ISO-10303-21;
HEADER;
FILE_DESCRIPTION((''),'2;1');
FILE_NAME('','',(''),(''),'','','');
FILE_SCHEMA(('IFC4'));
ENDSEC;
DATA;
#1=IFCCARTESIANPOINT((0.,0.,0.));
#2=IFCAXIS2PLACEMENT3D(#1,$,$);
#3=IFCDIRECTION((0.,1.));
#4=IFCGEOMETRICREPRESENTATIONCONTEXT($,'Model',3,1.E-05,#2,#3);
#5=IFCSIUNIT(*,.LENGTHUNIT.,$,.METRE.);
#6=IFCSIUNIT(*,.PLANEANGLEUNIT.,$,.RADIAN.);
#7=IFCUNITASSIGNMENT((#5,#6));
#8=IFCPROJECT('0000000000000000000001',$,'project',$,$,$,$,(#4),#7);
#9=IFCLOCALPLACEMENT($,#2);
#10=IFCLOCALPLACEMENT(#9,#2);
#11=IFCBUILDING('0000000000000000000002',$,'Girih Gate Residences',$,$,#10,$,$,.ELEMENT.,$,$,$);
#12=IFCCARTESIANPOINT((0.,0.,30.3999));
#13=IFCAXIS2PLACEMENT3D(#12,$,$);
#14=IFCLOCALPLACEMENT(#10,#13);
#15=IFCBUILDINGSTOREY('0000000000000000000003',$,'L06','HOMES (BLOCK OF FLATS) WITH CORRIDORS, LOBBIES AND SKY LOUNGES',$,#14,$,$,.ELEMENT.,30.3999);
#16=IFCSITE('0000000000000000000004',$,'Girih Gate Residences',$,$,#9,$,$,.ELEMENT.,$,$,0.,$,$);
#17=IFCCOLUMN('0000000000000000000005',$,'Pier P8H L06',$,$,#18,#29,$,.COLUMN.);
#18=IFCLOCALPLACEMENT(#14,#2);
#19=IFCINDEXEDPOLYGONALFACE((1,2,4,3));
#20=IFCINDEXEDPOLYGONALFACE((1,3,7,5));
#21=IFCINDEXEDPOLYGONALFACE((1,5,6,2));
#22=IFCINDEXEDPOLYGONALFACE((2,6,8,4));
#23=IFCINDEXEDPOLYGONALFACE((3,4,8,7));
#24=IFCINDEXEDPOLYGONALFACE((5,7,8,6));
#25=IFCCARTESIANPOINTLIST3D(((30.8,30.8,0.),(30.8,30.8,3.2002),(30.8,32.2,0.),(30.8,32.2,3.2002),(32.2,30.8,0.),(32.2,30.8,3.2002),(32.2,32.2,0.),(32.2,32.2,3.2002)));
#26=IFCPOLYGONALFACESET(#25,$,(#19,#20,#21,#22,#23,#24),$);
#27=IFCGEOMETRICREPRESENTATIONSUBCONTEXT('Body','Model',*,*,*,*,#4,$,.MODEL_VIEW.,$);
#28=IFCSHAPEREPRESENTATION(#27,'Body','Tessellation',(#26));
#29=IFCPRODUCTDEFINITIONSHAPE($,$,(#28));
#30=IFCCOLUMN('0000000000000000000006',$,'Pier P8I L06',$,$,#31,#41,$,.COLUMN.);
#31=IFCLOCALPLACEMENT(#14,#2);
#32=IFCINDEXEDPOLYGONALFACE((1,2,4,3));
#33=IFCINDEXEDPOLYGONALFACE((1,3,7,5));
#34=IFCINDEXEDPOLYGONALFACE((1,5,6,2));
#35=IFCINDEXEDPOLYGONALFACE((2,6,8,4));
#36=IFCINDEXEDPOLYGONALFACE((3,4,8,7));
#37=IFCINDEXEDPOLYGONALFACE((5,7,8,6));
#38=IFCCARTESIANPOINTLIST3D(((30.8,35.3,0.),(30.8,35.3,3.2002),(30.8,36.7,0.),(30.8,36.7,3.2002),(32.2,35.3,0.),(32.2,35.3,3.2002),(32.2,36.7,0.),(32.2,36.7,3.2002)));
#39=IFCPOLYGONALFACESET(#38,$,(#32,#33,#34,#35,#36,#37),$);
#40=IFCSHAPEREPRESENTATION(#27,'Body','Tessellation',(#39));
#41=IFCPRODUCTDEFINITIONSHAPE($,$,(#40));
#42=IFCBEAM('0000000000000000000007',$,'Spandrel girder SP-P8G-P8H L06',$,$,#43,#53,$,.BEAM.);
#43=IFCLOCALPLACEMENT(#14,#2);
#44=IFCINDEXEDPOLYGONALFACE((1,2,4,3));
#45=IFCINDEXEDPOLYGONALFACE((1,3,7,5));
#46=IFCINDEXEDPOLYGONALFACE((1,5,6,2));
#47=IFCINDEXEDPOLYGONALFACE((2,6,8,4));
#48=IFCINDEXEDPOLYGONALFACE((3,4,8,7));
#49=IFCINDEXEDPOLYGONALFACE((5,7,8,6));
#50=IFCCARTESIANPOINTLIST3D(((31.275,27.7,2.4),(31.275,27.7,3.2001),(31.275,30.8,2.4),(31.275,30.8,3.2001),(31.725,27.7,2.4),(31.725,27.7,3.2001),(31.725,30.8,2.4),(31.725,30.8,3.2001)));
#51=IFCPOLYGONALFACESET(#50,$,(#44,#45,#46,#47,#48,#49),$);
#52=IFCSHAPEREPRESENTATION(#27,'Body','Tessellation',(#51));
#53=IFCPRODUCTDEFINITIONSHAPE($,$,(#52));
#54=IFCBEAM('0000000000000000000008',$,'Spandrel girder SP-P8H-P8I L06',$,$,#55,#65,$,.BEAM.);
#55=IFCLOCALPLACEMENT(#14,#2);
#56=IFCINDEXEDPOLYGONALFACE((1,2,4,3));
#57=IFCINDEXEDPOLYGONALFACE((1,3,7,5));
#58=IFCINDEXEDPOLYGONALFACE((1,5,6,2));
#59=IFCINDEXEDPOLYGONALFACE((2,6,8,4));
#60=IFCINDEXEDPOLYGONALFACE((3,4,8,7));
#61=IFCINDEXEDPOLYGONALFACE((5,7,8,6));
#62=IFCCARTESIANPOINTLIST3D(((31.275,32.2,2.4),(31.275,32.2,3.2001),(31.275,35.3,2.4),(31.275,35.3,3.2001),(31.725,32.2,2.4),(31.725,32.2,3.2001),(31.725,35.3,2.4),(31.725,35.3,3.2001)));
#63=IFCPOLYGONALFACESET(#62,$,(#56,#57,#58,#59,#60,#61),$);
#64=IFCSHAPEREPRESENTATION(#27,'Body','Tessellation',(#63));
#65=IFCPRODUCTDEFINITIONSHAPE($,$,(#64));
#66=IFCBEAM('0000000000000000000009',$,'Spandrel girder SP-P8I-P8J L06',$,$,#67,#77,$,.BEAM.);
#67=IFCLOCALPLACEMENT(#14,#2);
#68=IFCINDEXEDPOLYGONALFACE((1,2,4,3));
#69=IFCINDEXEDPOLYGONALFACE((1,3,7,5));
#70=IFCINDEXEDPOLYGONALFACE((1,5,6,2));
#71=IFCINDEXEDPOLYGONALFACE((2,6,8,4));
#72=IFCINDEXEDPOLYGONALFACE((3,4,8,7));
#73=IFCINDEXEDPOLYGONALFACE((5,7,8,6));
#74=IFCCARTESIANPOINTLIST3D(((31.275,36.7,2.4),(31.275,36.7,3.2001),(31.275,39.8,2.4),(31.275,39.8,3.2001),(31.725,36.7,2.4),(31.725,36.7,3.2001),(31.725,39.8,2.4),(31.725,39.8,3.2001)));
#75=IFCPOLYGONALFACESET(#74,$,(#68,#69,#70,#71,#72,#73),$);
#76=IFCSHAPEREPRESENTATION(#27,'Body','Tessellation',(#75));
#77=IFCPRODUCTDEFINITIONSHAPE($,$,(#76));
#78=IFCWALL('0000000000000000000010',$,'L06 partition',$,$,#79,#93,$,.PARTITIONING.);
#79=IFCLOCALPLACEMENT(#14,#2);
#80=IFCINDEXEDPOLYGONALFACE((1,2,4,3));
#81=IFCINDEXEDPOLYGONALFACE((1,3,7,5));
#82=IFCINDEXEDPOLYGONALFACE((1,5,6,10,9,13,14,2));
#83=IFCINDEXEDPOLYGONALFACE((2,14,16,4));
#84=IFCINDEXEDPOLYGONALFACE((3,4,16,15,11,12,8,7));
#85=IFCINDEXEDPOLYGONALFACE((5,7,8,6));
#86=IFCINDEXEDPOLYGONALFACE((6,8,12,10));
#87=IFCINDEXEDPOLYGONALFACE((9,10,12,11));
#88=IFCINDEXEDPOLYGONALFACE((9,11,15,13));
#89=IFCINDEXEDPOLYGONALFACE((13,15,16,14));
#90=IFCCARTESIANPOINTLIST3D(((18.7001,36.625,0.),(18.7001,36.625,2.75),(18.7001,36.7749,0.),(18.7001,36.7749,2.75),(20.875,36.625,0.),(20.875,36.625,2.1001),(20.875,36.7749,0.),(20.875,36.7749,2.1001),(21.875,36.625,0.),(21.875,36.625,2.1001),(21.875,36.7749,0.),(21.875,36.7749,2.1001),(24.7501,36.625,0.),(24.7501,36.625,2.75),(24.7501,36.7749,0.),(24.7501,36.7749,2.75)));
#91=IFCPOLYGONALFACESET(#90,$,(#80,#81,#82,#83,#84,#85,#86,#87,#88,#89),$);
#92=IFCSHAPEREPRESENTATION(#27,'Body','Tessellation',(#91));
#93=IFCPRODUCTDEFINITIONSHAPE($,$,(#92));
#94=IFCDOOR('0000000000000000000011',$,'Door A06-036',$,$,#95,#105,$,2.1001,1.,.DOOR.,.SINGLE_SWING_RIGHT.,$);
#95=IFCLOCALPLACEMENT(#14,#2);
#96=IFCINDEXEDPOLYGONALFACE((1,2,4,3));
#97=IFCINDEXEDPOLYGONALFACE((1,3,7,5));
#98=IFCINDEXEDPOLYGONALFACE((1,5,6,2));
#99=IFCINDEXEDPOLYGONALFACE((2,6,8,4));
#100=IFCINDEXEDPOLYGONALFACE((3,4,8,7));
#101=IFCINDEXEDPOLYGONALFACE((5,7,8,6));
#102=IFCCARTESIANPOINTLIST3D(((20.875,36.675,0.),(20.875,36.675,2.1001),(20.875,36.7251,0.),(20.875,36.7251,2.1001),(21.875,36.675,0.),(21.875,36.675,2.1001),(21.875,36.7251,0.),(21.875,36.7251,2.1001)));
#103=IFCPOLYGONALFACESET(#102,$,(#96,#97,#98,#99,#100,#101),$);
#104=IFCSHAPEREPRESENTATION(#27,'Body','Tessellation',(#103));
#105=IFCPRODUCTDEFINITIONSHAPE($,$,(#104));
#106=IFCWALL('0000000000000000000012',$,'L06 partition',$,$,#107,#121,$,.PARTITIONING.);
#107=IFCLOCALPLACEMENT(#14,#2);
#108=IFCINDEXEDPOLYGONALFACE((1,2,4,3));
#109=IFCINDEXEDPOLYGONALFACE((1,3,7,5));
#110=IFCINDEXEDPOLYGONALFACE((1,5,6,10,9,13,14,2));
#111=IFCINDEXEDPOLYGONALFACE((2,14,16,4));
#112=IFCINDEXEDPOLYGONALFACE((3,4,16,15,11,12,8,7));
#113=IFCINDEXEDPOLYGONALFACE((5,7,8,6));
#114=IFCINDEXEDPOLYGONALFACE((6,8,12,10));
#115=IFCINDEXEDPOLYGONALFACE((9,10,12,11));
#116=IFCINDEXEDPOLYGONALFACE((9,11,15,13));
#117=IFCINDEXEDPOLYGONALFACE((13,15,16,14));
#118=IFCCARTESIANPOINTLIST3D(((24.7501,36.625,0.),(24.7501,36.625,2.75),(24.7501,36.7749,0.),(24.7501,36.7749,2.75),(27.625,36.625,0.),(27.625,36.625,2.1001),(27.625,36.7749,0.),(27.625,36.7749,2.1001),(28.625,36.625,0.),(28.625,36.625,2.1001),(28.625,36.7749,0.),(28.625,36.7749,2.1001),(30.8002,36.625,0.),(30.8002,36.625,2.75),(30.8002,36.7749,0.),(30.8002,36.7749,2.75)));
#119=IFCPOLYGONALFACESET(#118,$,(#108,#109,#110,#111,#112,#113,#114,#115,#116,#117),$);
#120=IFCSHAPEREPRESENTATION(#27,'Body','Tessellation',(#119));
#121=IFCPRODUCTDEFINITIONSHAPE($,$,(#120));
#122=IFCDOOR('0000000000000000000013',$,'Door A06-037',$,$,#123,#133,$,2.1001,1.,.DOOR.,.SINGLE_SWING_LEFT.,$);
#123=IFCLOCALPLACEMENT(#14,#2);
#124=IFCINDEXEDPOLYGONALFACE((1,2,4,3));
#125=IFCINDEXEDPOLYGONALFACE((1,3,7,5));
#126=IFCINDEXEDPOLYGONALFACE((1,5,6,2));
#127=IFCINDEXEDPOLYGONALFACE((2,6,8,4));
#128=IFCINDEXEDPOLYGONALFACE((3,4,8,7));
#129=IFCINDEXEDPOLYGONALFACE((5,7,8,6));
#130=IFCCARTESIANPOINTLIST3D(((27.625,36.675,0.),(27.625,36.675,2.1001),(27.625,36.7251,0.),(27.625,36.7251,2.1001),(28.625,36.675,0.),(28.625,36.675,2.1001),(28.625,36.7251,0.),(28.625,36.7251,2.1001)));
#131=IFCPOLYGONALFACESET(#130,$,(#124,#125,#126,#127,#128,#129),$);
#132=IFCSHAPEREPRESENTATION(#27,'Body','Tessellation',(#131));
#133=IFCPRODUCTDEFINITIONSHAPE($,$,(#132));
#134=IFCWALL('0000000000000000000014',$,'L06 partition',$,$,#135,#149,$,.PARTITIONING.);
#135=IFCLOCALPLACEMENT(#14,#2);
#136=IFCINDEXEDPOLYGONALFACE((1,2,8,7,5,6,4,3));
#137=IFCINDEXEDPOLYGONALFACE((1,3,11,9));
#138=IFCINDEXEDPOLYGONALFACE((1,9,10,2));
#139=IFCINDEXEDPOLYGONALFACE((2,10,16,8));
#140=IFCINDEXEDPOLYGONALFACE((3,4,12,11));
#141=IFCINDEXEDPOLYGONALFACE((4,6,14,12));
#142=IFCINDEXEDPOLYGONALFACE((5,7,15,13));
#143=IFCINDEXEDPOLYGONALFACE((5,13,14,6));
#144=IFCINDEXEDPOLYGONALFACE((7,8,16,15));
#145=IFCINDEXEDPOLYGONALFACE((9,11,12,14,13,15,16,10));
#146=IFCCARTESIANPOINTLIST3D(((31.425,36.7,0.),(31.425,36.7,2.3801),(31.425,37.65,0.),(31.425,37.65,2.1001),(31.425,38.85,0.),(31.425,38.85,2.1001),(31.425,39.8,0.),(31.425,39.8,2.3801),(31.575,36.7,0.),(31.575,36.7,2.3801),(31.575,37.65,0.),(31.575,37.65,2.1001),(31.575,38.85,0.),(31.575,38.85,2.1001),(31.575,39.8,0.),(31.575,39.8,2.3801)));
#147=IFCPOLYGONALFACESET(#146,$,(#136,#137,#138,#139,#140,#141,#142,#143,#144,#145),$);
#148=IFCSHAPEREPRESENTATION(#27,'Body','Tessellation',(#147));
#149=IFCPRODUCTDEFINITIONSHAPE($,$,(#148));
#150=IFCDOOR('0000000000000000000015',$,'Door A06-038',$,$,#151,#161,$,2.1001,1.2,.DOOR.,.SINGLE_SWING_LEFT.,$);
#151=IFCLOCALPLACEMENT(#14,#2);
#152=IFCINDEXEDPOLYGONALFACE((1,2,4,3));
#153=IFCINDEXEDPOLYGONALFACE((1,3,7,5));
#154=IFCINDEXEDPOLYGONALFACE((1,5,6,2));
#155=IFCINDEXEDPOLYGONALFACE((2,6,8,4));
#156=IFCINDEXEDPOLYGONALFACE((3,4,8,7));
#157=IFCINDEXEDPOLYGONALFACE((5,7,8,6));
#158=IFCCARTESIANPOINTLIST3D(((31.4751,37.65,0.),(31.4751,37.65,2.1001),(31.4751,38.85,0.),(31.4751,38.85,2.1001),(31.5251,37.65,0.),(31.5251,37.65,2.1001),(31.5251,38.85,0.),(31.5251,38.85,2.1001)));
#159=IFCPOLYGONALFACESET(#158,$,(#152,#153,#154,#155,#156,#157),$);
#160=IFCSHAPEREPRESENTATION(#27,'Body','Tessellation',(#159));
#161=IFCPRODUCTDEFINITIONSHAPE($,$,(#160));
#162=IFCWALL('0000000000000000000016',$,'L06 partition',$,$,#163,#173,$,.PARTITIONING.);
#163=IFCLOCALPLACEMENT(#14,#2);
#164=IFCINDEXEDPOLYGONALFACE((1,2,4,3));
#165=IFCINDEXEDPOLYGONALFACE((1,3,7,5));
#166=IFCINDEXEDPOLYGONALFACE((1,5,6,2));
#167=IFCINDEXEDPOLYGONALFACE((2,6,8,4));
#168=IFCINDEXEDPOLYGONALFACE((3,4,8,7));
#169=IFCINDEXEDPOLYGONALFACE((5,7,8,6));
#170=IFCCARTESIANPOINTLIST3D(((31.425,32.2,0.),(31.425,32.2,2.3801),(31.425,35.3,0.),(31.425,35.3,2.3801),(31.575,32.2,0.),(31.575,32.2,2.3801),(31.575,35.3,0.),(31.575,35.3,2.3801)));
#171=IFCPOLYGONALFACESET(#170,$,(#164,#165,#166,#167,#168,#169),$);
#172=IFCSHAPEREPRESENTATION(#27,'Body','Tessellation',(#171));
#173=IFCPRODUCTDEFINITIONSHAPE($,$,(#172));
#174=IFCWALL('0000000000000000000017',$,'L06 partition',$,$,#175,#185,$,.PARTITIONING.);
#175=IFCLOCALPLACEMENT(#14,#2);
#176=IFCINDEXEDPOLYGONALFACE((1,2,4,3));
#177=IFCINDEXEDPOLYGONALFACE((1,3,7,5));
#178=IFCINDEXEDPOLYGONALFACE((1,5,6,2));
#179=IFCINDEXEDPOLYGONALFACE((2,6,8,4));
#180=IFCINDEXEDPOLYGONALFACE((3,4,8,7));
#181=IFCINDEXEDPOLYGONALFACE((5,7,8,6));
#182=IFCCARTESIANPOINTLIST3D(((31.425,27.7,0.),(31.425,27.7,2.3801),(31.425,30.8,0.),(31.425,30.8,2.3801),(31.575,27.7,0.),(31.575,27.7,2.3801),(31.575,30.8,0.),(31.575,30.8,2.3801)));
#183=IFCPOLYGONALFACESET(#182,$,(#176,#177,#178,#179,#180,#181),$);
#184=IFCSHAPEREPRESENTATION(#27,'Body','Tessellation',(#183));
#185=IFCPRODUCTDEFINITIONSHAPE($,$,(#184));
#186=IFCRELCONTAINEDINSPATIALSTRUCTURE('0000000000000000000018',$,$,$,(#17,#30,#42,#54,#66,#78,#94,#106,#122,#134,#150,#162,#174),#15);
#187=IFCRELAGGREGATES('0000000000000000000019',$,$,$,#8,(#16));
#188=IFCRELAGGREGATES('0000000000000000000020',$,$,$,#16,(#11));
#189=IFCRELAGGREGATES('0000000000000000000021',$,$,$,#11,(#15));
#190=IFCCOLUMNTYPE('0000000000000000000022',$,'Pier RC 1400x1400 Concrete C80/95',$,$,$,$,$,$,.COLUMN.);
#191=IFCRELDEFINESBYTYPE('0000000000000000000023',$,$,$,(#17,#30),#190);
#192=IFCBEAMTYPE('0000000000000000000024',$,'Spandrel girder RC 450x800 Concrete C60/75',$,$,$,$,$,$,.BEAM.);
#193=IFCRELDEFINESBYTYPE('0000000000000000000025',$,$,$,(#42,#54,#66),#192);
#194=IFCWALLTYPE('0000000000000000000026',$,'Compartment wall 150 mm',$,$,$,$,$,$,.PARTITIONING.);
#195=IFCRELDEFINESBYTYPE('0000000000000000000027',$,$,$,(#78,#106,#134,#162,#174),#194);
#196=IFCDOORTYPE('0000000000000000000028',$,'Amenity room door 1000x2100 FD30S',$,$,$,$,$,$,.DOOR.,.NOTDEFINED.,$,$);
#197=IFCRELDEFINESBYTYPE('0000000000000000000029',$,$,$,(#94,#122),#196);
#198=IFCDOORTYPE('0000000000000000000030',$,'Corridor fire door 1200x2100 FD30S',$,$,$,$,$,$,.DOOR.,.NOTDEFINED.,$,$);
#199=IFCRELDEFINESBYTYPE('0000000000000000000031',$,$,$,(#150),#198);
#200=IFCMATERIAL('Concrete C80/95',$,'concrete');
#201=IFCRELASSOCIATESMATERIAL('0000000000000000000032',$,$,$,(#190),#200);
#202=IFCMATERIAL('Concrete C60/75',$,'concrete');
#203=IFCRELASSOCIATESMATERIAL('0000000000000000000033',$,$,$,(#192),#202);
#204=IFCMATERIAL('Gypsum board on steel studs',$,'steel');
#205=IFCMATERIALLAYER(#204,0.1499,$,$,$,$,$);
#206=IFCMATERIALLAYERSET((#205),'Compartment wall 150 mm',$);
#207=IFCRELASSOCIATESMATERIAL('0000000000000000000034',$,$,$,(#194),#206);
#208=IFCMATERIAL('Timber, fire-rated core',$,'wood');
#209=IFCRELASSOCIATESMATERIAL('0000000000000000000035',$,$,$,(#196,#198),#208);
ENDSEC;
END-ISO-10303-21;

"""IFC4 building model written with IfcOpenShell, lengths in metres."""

from ifc_helpers import new_model, si_unit, direction, frame, frame_2d, origin, origin_2d, place, context, subcontext, project, spatial, rectangle, extrude, material, layer, layer_set, material_profile, profile_set, type_object, element, fill, save


model = new_model("IFC4")

# Units and contexts
model_context = context("Model", 3, precision=1e-05, world=origin(), true_north=direction((0.0, 1.0)))
body_context = subcontext(model_context, "Body", "Model", "MODEL_VIEW")
ifc_project = project(units=[si_unit("LENGTHUNIT", "METRE"), si_unit("PLANEANGLEUNIT", "RADIAN")], contexts=[model_context])

# Site, building, storey
site_placement = place(None, origin())
site = spatial("IfcSite", under=ifc_project, at=site_placement, Name="Girih Gate Residences", CompositionType="ELEMENT", RefElevation=0.0)
building_placement = place(site_placement, origin())
building = spatial("IfcBuilding", under=site, at=building_placement, Name="Girih Gate Residences", CompositionType="ELEMENT")
storey_placement = place(building_placement, frame((0.0, 0.0, 30.3999)))
storey = spatial("IfcBuildingStorey", under=building, at=storey_placement, Name="L06", Description="HOMES (BLOCK OF FLATS) WITH CORRIDORS, LOBBIES AND SKY LOUNGES", CompositionType="ELEMENT", Elevation=30.3999)

# Columns
ifc_material_1 = material(Name="Concrete C80/95", Category="concrete")
ifc_material_profile_1 = material_profile(ifc_material_1, rectangle(XDim=1.3999, YDim=1.3999, at=origin_2d()))
ifc_profile_set_1 = profile_set([ifc_material_profile_1], Name="Concrete C80/95")
column_type = type_object("IfcColumnType", Name="Pier RC 1400x1400 Concrete C80/95", PredefinedType="COLUMN", material=ifc_profile_set_1)
for number, where, z_axis, x_axis, name in (
    (1, (31.5, 31.5, 0.0), (0.0, 0.0, 1.0), (1.0, 0.0, 0.0), "Pier P8H L06"),
    (2, (31.5, 36.0, 0.0), (0.0, 0.0, 1.0), (1.0, 0.0, 0.0), "Pier P8I L06"),
):
    element("IfcColumn", number, at=place(storey_placement, frame(where, z_axis=z_axis, x_axis=x_axis)), inside=storey, type_object=column_type, Name=name, PredefinedType="COLUMN", context=body_context, shape_type="SweptSolid", body=[
        extrude(rectangle(XDim=1.3999, YDim=1.3999, at=origin_2d()), origin(), (0.0, 0.0, 1.0), 3.2002),
    ])

# Beams
ifc_material_2 = material(Name="Concrete C60/75", Category="concrete")
ifc_material_profile_2 = material_profile(ifc_material_2, rectangle(XDim=0.45, YDim=0.8, at=origin_2d()))
ifc_profile_set_2 = profile_set([ifc_material_profile_2], Name="Concrete C60/75")
beam_type = type_object("IfcBeamType", Name="Spandrel girder RC 450x800 Concrete C60/75", PredefinedType="BEAM", material=ifc_profile_set_2)
for number, where, z_axis, x_axis, name in (
    (3, (31.5, 27.7, 2.8), (0.0, 1.0, 0.0), (-1.0, 0.0, 0.0), "Spandrel girder SP-P8G-P8H L06"),
    (4, (31.5, 32.2, 2.8), (0.0, 1.0, 0.0), (-1.0, 0.0, 0.0), "Spandrel girder SP-P8H-P8I L06"),
    (5, (31.5, 36.7, 2.8), (0.0, 1.0, 0.0), (-1.0, 0.0, 0.0), "Spandrel girder SP-P8I-P8J L06"),
):
    element("IfcBeam", number, at=place(storey_placement, frame(where, z_axis=z_axis, x_axis=x_axis)), inside=storey, type_object=beam_type, Name=name, PredefinedType="BEAM", context=body_context, shape_type="SweptSolid", body=[
        extrude(rectangle(XDim=0.45, YDim=0.8, at=origin_2d()), origin(), (0.0, 0.0, 1.0), 3.1001),
    ])

# Walls, openings, doors
ifc_material_3 = material(Name="Gypsum board on steel studs", Category="steel")
ifc_layer_1 = layer(ifc_material_3, 0.1499)
ifc_layer_set_1 = layer_set([ifc_layer_1], Name="Compartment wall 150 mm")
wall_type_1 = type_object("IfcWallType", Name="Compartment wall 150 mm", PredefinedType="PARTITIONING", material=ifc_layer_set_1)
wall_1_placement = place(storey_placement, frame((24.75, 36.7, 0.0), z_axis=(0.0, 0.0, 1.0), x_axis=(-1.0, 0.0, 0.0)))
wall_1 = element("IfcWall", 6, at=wall_1_placement, inside=storey, type_object=wall_type_1, Name="L06 partition", PredefinedType="PARTITIONING", context=body_context, shape_type="SweptSolid", body=[
    extrude(rectangle(XDim=6.05, YDim=0.1499, at=frame_2d((3.0249, 0.0))), origin(), (0.0, 0.0, 1.0), 2.75),
])
opening_1_placement = place(wall_1_placement, frame((2.875, 0.0, 0.0)))
opening_1 = element("IfcOpeningElement", 7, at=opening_1_placement, cuts=wall_1, PredefinedType="OPENING", context=body_context, shape_type="SweptSolid", body=[
    extrude(rectangle(XDim=1.0, YDim=2.1001, at=frame_2d((0.5, 1.05))), frame((0.0, 0.085, 0.0), z_axis=(0.0, -1.0, 0.0), x_axis=(1.0, 0.0, 0.0)), (0.0, 0.0, 1.0), 0.1699),
])
ifc_material_4 = material(Name="Timber, fire-rated core", Category="wood")
door_type_1 = type_object("IfcDoorType", Name="Amenity room door 1000x2100 FD30S", OperationType="NOTDEFINED", PredefinedType="DOOR", material=ifc_material_4)
door_1_placement = place(opening_1_placement, origin())
door_1 = element("IfcDoor", 8, at=door_1_placement, inside=storey, type_object=door_type_1, Name="Door A06-036", OperationType="SINGLE_SWING_RIGHT", OverallHeight=2.1001, OverallWidth=1.0, PredefinedType="DOOR", context=body_context, shape_type="SweptSolid", body=[
    extrude(rectangle(XDim=1.0, YDim=2.1001, at=frame_2d((0.5, 1.05))), frame((0.0, 0.0249, 0.0), z_axis=(0.0, -1.0, 0.0), x_axis=(1.0, 0.0, 0.0)), (0.0, 0.0, 1.0), 0.05),
])
fill(opening_1, door_1)
wall_2_placement = place(storey_placement, frame((30.8, 36.7, 0.0), z_axis=(0.0, 0.0, 1.0), x_axis=(-1.0, 0.0, 0.0)))
wall_2 = element("IfcWall", 9, at=wall_2_placement, inside=storey, type_object=wall_type_1, Name="L06 partition", PredefinedType="PARTITIONING", context=body_context, shape_type="SweptSolid", body=[
    extrude(rectangle(XDim=6.05, YDim=0.1499, at=frame_2d((3.0249, 0.0))), origin(), (0.0, 0.0, 1.0), 2.75),
])
opening_2_placement = place(wall_2_placement, frame((2.175, 0.0, 0.0)))
opening_2 = element("IfcOpeningElement", 10, at=opening_2_placement, cuts=wall_2, PredefinedType="OPENING", context=body_context, shape_type="SweptSolid", body=[
    extrude(rectangle(XDim=1.0, YDim=2.1001, at=frame_2d((0.5, 1.05))), frame((0.0, 0.085, 0.0), z_axis=(0.0, -1.0, 0.0), x_axis=(1.0, 0.0, 0.0)), (0.0, 0.0, 1.0), 0.1699),
])
door_2_placement = place(opening_2_placement, origin())
door_2 = element("IfcDoor", 11, at=door_2_placement, inside=storey, type_object=door_type_1, Name="Door A06-037", OperationType="SINGLE_SWING_LEFT", OverallHeight=2.1001, OverallWidth=1.0, PredefinedType="DOOR", context=body_context, shape_type="SweptSolid", body=[
    extrude(rectangle(XDim=1.0, YDim=2.1001, at=frame_2d((0.5, 1.05))), frame((0.0, 0.0249, 0.0), z_axis=(0.0, -1.0, 0.0), x_axis=(1.0, 0.0, 0.0)), (0.0, 0.0, 1.0), 0.05),
])
fill(opening_2, door_2)
wall_3_placement = place(storey_placement, frame((31.5, 36.7, 0.0), z_axis=(0.0, 0.0, 1.0), x_axis=(0.0, 1.0, 0.0)))
wall_3 = element("IfcWall", 12, at=wall_3_placement, inside=storey, type_object=wall_type_1, Name="L06 partition", PredefinedType="PARTITIONING", context=body_context, shape_type="SweptSolid", body=[
    extrude(rectangle(XDim=3.1001, YDim=0.1499, at=frame_2d((1.55, 0.0))), origin(), (0.0, 0.0, 1.0), 2.3801),
])
opening_3_placement = place(wall_3_placement, frame((0.95, 0.0, 0.0)))
opening_3 = element("IfcOpeningElement", 13, at=opening_3_placement, cuts=wall_3, PredefinedType="OPENING", context=body_context, shape_type="SweptSolid", body=[
    extrude(rectangle(XDim=1.2, YDim=2.1001, at=frame_2d((0.6001, 1.05))), frame((0.0, 0.085, 0.0), z_axis=(0.0, -1.0, 0.0), x_axis=(1.0, 0.0, 0.0)), (0.0, 0.0, 1.0), 0.1699),
])
door_type_2 = type_object("IfcDoorType", Name="Corridor fire door 1200x2100 FD30S", OperationType="NOTDEFINED", PredefinedType="DOOR", material=ifc_material_4)
door_3_placement = place(opening_3_placement, origin())
door_3 = element("IfcDoor", 14, at=door_3_placement, inside=storey, type_object=door_type_2, Name="Door A06-038", OperationType="SINGLE_SWING_LEFT", OverallHeight=2.1001, OverallWidth=1.2, PredefinedType="DOOR", context=body_context, shape_type="SweptSolid", body=[
    extrude(rectangle(XDim=1.2, YDim=2.1001, at=frame_2d((0.6001, 1.05))), frame((0.0, 0.0249, 0.0), z_axis=(0.0, -1.0, 0.0), x_axis=(1.0, 0.0, 0.0)), (0.0, 0.0, 1.0), 0.05),
])
fill(opening_3, door_3)

# Walls
for number, where, z_axis, x_axis, name in (
    (15, (31.5, 32.2, 0.0), (0.0, 0.0, 1.0), (0.0, 1.0, 0.0), "L06 partition"),
    (16, (31.5, 27.7, 0.0), (0.0, 0.0, 1.0), (0.0, 1.0, 0.0), "L06 partition"),
):
    element("IfcWall", number, at=place(storey_placement, frame(where, z_axis=z_axis, x_axis=x_axis)), inside=storey, type_object=wall_type_1, Name=name, PredefinedType="PARTITIONING", context=body_context, shape_type="SweptSolid", body=[
        extrude(rectangle(XDim=3.1001, YDim=0.1499, at=frame_2d((1.55, 0.0))), origin(), (0.0, 0.0, 1.0), 2.3801),
    ])

save(model, "model.ifc")
